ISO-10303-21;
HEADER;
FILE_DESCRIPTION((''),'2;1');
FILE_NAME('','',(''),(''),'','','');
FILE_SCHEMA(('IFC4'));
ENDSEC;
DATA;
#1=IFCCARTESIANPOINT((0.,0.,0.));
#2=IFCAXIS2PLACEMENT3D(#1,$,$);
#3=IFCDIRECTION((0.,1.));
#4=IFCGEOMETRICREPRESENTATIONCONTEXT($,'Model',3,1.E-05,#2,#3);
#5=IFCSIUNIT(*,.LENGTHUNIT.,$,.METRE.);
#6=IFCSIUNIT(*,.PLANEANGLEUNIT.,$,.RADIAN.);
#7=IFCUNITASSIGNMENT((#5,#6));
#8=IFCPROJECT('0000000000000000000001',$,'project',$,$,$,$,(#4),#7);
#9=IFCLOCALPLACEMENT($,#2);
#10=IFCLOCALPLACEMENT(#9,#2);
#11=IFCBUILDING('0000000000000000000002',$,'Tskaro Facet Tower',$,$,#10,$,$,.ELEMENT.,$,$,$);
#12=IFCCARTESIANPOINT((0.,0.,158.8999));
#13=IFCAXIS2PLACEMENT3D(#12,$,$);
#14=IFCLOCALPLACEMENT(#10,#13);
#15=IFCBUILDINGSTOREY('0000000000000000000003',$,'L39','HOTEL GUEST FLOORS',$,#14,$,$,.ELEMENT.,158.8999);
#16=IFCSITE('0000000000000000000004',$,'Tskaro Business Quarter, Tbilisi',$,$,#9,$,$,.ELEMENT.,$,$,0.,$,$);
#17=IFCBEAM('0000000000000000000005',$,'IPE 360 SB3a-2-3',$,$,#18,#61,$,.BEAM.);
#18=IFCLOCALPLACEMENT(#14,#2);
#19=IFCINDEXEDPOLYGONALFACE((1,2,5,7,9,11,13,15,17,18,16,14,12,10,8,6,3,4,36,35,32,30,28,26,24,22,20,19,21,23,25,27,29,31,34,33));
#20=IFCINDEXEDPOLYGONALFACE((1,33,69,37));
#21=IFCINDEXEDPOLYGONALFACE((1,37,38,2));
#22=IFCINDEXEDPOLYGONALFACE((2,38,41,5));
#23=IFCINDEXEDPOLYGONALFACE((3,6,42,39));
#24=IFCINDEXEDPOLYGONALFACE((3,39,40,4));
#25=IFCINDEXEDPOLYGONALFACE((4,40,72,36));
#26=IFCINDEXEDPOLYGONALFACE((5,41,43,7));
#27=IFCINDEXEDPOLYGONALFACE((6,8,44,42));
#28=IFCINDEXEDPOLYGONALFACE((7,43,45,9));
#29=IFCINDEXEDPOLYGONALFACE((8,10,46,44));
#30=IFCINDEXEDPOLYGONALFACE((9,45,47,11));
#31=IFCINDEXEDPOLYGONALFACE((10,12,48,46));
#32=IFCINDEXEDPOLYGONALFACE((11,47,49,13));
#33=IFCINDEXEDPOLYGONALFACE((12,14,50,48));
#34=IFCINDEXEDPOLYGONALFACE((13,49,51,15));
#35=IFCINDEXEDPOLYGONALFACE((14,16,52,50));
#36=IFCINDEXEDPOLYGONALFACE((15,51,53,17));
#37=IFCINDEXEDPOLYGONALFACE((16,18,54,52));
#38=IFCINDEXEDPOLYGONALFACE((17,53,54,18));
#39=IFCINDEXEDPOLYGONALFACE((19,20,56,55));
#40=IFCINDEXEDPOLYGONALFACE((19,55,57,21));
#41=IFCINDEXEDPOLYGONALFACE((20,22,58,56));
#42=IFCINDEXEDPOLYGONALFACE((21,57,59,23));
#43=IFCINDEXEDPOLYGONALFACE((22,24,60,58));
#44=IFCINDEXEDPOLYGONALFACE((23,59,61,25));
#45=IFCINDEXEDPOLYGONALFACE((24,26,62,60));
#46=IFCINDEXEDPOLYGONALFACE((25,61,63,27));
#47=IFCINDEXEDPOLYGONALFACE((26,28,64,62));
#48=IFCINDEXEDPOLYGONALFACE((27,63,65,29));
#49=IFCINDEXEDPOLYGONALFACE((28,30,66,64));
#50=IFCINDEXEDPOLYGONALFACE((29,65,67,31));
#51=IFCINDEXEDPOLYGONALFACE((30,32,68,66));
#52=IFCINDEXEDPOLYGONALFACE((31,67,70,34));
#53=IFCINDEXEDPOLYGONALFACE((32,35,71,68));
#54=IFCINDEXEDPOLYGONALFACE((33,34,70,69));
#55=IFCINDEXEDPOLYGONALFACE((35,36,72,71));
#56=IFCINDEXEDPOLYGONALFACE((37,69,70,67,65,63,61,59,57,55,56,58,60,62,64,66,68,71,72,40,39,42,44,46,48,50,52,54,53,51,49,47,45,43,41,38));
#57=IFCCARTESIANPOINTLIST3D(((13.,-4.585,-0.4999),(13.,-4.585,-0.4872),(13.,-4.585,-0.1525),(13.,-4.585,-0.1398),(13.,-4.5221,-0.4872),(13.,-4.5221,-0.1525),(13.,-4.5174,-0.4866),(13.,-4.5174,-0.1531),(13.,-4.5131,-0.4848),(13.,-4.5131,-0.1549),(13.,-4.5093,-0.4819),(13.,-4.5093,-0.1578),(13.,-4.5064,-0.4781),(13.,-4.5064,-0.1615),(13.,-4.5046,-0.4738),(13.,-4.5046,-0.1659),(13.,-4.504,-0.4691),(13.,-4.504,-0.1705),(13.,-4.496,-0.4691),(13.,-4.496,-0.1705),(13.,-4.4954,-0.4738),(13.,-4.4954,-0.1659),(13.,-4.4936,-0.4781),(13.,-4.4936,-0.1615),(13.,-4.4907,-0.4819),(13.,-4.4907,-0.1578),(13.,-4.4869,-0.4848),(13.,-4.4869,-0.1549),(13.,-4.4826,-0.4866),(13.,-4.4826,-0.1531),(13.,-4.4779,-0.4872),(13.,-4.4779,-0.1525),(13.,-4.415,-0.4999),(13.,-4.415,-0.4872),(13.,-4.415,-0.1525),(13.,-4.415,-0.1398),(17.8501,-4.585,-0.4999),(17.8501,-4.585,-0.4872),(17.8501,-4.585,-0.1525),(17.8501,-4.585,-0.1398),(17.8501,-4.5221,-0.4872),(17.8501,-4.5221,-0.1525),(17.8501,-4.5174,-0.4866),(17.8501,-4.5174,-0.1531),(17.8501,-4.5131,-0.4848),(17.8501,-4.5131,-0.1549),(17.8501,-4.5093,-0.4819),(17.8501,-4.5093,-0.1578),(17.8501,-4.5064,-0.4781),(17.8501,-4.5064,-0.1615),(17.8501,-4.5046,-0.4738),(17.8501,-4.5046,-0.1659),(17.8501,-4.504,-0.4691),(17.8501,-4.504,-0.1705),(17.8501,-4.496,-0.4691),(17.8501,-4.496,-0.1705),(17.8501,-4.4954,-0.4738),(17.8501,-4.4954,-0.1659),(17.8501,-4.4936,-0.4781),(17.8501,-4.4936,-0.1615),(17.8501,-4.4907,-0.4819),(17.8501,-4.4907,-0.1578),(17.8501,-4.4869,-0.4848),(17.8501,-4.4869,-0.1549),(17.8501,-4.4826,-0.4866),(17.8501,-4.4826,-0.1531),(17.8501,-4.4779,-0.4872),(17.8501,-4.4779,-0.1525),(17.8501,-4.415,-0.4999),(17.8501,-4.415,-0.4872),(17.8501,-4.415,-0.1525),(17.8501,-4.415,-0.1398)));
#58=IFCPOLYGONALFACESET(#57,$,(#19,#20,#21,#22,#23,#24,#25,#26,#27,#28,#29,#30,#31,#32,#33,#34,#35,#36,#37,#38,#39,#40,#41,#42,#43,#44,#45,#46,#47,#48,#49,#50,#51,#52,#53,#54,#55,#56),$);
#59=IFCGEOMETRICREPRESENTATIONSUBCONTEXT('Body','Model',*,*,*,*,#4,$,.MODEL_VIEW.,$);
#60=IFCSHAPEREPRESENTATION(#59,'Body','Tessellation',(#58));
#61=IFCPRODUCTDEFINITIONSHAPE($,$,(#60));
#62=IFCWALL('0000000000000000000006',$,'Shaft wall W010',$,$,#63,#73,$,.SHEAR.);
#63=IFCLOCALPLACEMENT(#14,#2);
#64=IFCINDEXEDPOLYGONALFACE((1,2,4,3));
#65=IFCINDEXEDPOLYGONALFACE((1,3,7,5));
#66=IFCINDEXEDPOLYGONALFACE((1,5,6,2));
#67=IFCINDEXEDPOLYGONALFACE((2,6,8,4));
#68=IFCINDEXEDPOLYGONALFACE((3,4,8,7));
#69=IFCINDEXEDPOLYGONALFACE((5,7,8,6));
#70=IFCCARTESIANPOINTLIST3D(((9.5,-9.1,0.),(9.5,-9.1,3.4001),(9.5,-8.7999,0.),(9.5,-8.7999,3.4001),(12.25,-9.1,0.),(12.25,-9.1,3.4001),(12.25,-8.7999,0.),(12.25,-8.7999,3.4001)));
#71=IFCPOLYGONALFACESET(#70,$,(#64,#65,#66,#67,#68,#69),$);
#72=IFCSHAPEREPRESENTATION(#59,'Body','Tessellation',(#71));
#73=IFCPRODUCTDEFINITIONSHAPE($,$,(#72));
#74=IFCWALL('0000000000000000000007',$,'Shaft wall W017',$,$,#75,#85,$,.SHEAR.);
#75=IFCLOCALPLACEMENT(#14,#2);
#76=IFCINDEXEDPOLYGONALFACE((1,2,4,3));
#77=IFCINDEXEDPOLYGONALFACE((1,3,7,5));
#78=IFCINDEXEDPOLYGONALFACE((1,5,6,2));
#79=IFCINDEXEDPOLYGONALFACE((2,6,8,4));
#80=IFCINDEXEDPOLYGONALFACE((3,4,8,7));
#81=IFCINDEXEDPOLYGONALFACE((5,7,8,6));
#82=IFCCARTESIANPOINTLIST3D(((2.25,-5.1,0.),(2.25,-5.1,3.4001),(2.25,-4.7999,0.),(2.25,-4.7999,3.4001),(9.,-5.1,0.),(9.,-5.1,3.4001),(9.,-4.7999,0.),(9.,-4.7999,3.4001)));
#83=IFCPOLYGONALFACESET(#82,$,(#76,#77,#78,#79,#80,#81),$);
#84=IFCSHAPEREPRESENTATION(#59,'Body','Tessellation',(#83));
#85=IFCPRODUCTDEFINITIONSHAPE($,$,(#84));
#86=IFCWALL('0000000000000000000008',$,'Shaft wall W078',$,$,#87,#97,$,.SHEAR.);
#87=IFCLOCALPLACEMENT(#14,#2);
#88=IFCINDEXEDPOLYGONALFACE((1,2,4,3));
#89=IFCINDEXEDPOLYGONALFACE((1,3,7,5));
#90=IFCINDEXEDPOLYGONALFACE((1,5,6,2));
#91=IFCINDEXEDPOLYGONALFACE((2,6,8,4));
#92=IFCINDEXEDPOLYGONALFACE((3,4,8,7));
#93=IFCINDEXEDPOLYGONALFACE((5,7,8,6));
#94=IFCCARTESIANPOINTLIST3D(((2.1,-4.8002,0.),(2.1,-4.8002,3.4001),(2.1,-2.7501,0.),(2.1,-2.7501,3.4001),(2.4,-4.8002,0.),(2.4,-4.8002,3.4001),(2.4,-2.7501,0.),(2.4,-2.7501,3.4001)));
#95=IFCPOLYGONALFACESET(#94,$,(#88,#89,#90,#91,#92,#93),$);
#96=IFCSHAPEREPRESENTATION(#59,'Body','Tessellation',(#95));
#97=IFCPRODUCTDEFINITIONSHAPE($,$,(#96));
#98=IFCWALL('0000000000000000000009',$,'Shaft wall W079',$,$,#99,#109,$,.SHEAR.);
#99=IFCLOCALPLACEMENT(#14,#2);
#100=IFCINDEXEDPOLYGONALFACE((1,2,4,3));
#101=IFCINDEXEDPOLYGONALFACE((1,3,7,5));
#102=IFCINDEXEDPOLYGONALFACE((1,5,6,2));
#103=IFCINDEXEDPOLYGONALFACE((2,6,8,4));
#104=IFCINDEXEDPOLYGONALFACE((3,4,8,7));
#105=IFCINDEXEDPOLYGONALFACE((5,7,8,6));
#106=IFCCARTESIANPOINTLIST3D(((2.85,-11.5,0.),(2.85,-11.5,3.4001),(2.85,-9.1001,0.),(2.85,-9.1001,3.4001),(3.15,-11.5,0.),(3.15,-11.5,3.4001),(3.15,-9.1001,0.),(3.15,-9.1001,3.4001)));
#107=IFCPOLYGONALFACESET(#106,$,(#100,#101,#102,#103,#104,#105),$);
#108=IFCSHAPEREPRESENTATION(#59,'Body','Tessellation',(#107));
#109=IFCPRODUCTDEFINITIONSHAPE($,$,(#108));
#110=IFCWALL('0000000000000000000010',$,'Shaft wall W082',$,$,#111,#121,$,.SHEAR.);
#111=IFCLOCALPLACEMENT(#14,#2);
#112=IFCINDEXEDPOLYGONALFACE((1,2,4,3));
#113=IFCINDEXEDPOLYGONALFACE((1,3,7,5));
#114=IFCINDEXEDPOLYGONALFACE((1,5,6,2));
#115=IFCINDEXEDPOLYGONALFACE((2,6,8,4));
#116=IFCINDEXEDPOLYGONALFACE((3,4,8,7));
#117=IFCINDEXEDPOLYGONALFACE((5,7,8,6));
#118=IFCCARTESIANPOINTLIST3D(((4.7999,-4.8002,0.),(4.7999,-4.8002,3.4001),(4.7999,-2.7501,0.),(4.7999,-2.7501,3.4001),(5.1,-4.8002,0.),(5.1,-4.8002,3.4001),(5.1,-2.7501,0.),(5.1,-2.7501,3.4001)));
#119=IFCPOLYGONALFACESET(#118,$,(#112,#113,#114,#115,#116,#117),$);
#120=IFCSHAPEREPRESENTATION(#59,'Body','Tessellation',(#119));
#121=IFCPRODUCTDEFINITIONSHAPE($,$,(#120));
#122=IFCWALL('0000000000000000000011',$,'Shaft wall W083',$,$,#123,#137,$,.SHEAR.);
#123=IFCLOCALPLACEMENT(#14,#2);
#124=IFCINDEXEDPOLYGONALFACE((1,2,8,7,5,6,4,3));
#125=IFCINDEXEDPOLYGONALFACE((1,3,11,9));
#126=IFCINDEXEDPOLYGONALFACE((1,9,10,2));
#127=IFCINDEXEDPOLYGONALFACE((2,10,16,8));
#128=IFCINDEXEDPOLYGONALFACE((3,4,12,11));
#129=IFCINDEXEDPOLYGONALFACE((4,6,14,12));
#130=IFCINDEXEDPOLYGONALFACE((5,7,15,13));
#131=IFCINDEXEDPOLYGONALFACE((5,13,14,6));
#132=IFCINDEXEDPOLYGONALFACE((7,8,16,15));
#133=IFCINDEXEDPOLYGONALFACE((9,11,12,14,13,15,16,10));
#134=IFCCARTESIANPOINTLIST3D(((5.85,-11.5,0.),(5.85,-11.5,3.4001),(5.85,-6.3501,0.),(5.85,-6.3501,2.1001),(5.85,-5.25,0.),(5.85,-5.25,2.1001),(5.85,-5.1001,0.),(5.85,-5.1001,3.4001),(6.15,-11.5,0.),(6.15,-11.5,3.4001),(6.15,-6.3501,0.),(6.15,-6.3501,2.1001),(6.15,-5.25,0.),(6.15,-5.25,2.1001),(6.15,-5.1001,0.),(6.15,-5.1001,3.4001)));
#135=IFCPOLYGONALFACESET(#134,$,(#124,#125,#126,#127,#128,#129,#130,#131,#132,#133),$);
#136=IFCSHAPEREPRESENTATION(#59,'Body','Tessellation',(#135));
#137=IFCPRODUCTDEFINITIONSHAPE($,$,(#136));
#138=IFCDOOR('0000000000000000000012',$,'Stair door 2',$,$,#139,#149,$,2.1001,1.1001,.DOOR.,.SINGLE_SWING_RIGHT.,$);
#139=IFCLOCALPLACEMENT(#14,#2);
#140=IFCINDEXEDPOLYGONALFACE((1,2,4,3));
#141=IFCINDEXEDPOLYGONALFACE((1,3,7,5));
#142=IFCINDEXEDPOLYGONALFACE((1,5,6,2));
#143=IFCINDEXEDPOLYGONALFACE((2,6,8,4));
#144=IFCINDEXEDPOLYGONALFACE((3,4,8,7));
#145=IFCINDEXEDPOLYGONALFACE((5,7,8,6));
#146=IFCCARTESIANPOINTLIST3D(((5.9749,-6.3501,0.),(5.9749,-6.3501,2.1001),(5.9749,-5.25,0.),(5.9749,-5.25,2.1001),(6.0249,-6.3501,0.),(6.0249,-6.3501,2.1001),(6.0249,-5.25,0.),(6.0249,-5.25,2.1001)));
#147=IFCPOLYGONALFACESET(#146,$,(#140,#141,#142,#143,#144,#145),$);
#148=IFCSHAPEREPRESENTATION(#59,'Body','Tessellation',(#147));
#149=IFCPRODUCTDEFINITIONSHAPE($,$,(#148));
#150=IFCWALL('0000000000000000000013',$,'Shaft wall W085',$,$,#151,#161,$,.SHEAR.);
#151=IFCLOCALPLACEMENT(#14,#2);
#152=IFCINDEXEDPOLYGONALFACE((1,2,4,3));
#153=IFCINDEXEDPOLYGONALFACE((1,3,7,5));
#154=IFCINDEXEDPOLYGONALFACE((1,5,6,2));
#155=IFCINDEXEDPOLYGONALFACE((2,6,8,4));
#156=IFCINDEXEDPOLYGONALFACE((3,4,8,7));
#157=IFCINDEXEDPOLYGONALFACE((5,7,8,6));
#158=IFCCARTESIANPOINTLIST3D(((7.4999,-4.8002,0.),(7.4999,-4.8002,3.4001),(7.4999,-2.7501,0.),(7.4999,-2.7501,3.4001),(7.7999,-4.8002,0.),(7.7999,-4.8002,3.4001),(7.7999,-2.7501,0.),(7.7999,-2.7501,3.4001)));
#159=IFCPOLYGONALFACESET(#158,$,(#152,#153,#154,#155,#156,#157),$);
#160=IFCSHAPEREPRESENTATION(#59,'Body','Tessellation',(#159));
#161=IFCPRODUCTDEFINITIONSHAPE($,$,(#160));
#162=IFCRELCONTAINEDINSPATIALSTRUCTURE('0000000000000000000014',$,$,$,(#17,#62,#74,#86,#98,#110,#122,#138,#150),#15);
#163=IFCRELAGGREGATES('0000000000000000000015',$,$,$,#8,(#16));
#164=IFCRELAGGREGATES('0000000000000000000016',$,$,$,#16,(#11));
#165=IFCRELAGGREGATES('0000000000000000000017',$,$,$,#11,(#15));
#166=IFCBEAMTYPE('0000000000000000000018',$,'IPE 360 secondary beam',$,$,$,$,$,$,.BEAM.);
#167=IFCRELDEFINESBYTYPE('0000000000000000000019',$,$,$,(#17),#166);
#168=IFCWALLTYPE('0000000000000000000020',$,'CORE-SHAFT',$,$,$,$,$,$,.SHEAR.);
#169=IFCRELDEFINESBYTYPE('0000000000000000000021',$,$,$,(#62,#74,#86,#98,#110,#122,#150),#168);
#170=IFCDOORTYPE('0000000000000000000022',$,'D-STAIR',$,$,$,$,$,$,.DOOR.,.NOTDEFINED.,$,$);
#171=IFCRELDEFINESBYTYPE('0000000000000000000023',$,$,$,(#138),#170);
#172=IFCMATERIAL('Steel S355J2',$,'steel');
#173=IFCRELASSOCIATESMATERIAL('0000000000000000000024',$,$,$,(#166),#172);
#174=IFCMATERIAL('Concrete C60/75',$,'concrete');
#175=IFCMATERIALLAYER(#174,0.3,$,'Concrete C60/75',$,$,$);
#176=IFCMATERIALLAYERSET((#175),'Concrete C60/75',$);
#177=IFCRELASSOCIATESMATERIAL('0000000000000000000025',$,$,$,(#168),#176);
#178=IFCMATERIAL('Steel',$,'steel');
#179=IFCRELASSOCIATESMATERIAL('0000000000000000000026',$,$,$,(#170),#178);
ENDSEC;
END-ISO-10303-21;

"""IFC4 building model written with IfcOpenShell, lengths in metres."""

from ifc_helpers import new_model, si_unit, direction, frame, frame_2d, origin, origin_2d, place, context, subcontext, project, spatial, rectangle, i_section, extrude, material, layer, layer_set, material_profile, profile_set, type_object, element, fill, save


model = new_model("IFC4")

# Units and contexts
model_context = context("Model", 3, precision=1e-05, world=origin(), true_north=direction((0.0, 1.0)))
body_context = subcontext(model_context, "Body", "Model", "MODEL_VIEW")
ifc_project = project(units=[si_unit("LENGTHUNIT", "METRE"), si_unit("PLANEANGLEUNIT", "RADIAN")], contexts=[model_context])

# Site, building, storey
site_placement = place(None, origin())
site = spatial("IfcSite", under=ifc_project, at=site_placement, Name="Tskaro Business Quarter, Tbilisi", CompositionType="ELEMENT", RefElevation=0.0)
building_placement = place(site_placement, origin())
building = spatial("IfcBuilding", under=site, at=building_placement, Name="Tskaro Facet Tower", CompositionType="ELEMENT")
storey_placement = place(building_placement, frame((0.0, 0.0, 158.8999)))
storey = spatial("IfcBuildingStorey", under=building, at=storey_placement, Name="L39", Description="HOTEL GUEST FLOORS", CompositionType="ELEMENT", Elevation=158.8999)

# Beam
ifc_material_1 = material(Name="Steel S355J2", Category="steel")
ifc_material_profile = material_profile(ifc_material_1, i_section(OverallWidth=0.1699, OverallDepth=0.3601, WebThickness=0.0081, FlangeThickness=0.0127, FilletRadius=0.0181, at=origin_2d()), Name="IPE 360")
ifc_profile_set = profile_set([ifc_material_profile], Name="Steel S355J2")
beam_type = type_object("IfcBeamType", Name="IPE 360 secondary beam", PredefinedType="BEAM", material=ifc_profile_set)
beam_placement = place(storey_placement, frame((13.0, -4.5, -0.3198), z_axis=(1.0, 0.0, 0.0), x_axis=(0.0, 1.0, 0.0)))
element("IfcBeam", 1, at=beam_placement, inside=storey, type_object=beam_type, Name="IPE 360 SB3a-2-3", PredefinedType="BEAM", context=body_context, shape_type="SweptSolid", body=[
    extrude(i_section(OverallWidth=0.1699, OverallDepth=0.3601, WebThickness=0.0081, FlangeThickness=0.0127, FilletRadius=0.0181, at=origin_2d()), origin(), (0.0, 0.0, 1.0), 4.8501),
])

# Walls
ifc_material_2 = material(Name="Concrete C60/75", Category="concrete")
ifc_layer_1 = layer(ifc_material_2, 0.3, Name="Concrete C60/75")
ifc_layer_set_1 = layer_set([ifc_layer_1], Name="Concrete C60/75")
wall_type_1 = type_object("IfcWallType", Name="CORE-SHAFT", PredefinedType="SHEAR", material=ifc_layer_set_1)
wall_1_placement = place(storey_placement, frame((9.5, -8.95, 0.0), z_axis=(0.0, 0.0, 1.0), x_axis=(1.0, 0.0, 0.0)))
element("IfcWall", 2, at=wall_1_placement, inside=storey, type_object=wall_type_1, Name="Shaft wall W010", PredefinedType="SHEAR", context=body_context, shape_type="SweptSolid", body=[
    extrude(rectangle(XDim=2.75, YDim=0.3, at=frame_2d((1.375, 0.0))), origin(), (0.0, 0.0, 1.0), 3.4001),
])
wall_2_placement = place(storey_placement, frame((2.25, -4.95, 0.0), z_axis=(0.0, 0.0, 1.0), x_axis=(1.0, 0.0, 0.0)))
element("IfcWall", 3, at=wall_2_placement, inside=storey, type_object=wall_type_1, Name="Shaft wall W017", PredefinedType="SHEAR", context=body_context, shape_type="SweptSolid", body=[
    extrude(rectangle(XDim=6.75, YDim=0.3, at=frame_2d((3.375, 0.0))), origin(), (0.0, 0.0, 1.0), 3.4001),
])
wall_3_placement = place(storey_placement, frame((2.25, -4.8, 0.0), z_axis=(0.0, 0.0, 1.0), x_axis=(0.0, 1.0, 0.0)))
element("IfcWall", 4, at=wall_3_placement, inside=storey, type_object=wall_type_1, Name="Shaft wall W078", PredefinedType="SHEAR", context=body_context, shape_type="SweptSolid", body=[
    extrude(rectangle(XDim=2.05, YDim=0.3, at=frame_2d((1.0249, 0.0))), origin(), (0.0, 0.0, 1.0), 3.4001),
])
wall_4_placement = place(storey_placement, frame((3.0, -11.5, 0.0), z_axis=(0.0, 0.0, 1.0), x_axis=(0.0, 1.0, 0.0)))
element("IfcWall", 5, at=wall_4_placement, inside=storey, type_object=wall_type_1, Name="Shaft wall W079", PredefinedType="SHEAR", context=body_context, shape_type="SweptSolid", body=[
    extrude(rectangle(XDim=2.3999, YDim=0.3, at=frame_2d((1.2, 0.0))), origin(), (0.0, 0.0, 1.0), 3.4001),
])
wall_5_placement = place(storey_placement, frame((4.95, -4.8, 0.0), z_axis=(0.0, 0.0, 1.0), x_axis=(0.0, 1.0, 0.0)))
element("IfcWall", 6, at=wall_5_placement, inside=storey, type_object=wall_type_1, Name="Shaft wall W082", PredefinedType="SHEAR", context=body_context, shape_type="SweptSolid", body=[
    extrude(rectangle(XDim=2.05, YDim=0.3, at=frame_2d((1.0249, 0.0))), origin(), (0.0, 0.0, 1.0), 3.4001),
])

# Wall, opening, door
wall_6_placement = place(storey_placement, frame((6.0, -5.1001, 0.0), z_axis=(0.0, 0.0, 1.0), x_axis=(0.0, -1.0, 0.0)))
wall_6 = element("IfcWall", 7, at=wall_6_placement, inside=storey, type_object=wall_type_1, Name="Shaft wall W083", PredefinedType="SHEAR", context=body_context, shape_type="SweptSolid", body=[
    extrude(rectangle(XDim=6.3999, YDim=0.3, at=frame_2d((3.2, 0.0))), origin(), (0.0, 0.0, 1.0), 3.4001),
])
opening_1_placement = place(wall_6_placement, frame((0.1499, 0.0, 0.0)))
opening_1 = element("IfcOpeningElement", 8, at=opening_1_placement, cuts=wall_6, PredefinedType="OPENING", context=body_context, shape_type="SweptSolid", body=[
    extrude(rectangle(XDim=1.1001, YDim=2.1001, at=frame_2d((0.55, 1.05))), frame((0.0, 0.1599, 0.0), z_axis=(0.0, -1.0, 0.0), x_axis=(1.0, 0.0, 0.0)), (0.0, 0.0, 1.0), 0.3201),
])
ifc_material_3 = material(Name="Steel", Category="steel")
door_type_1 = type_object("IfcDoorType", Name="D-STAIR", OperationType="NOTDEFINED", PredefinedType="DOOR", material=ifc_material_3)
door_1_placement = place(opening_1_placement, origin())
door_1 = element("IfcDoor", 9, at=door_1_placement, inside=storey, type_object=door_type_1, Name="Stair door 2", OperationType="SINGLE_SWING_RIGHT", OverallHeight=2.1001, OverallWidth=1.1001, PredefinedType="DOOR", context=body_context, shape_type="SweptSolid", body=[
    extrude(rectangle(XDim=1.1001, YDim=2.1001, at=frame_2d((0.55, 1.05))), frame((0.0, 0.0249, 0.0), z_axis=(0.0, -1.0, 0.0), x_axis=(1.0, 0.0, 0.0)), (0.0, 0.0, 1.0), 0.05),
])
fill(opening_1, door_1)

# Wall
wall_7_placement = place(storey_placement, frame((7.6499, -4.8, 0.0), z_axis=(0.0, 0.0, 1.0), x_axis=(0.0, 1.0, 0.0)))
element("IfcWall", 10, at=wall_7_placement, inside=storey, type_object=wall_type_1, Name="Shaft wall W085", PredefinedType="SHEAR", context=body_context, shape_type="SweptSolid", body=[
    extrude(rectangle(XDim=2.05, YDim=0.3, at=frame_2d((1.0249, 0.0))), origin(), (0.0, 0.0, 1.0), 3.4001),
])

save(model, "model.ifc")
